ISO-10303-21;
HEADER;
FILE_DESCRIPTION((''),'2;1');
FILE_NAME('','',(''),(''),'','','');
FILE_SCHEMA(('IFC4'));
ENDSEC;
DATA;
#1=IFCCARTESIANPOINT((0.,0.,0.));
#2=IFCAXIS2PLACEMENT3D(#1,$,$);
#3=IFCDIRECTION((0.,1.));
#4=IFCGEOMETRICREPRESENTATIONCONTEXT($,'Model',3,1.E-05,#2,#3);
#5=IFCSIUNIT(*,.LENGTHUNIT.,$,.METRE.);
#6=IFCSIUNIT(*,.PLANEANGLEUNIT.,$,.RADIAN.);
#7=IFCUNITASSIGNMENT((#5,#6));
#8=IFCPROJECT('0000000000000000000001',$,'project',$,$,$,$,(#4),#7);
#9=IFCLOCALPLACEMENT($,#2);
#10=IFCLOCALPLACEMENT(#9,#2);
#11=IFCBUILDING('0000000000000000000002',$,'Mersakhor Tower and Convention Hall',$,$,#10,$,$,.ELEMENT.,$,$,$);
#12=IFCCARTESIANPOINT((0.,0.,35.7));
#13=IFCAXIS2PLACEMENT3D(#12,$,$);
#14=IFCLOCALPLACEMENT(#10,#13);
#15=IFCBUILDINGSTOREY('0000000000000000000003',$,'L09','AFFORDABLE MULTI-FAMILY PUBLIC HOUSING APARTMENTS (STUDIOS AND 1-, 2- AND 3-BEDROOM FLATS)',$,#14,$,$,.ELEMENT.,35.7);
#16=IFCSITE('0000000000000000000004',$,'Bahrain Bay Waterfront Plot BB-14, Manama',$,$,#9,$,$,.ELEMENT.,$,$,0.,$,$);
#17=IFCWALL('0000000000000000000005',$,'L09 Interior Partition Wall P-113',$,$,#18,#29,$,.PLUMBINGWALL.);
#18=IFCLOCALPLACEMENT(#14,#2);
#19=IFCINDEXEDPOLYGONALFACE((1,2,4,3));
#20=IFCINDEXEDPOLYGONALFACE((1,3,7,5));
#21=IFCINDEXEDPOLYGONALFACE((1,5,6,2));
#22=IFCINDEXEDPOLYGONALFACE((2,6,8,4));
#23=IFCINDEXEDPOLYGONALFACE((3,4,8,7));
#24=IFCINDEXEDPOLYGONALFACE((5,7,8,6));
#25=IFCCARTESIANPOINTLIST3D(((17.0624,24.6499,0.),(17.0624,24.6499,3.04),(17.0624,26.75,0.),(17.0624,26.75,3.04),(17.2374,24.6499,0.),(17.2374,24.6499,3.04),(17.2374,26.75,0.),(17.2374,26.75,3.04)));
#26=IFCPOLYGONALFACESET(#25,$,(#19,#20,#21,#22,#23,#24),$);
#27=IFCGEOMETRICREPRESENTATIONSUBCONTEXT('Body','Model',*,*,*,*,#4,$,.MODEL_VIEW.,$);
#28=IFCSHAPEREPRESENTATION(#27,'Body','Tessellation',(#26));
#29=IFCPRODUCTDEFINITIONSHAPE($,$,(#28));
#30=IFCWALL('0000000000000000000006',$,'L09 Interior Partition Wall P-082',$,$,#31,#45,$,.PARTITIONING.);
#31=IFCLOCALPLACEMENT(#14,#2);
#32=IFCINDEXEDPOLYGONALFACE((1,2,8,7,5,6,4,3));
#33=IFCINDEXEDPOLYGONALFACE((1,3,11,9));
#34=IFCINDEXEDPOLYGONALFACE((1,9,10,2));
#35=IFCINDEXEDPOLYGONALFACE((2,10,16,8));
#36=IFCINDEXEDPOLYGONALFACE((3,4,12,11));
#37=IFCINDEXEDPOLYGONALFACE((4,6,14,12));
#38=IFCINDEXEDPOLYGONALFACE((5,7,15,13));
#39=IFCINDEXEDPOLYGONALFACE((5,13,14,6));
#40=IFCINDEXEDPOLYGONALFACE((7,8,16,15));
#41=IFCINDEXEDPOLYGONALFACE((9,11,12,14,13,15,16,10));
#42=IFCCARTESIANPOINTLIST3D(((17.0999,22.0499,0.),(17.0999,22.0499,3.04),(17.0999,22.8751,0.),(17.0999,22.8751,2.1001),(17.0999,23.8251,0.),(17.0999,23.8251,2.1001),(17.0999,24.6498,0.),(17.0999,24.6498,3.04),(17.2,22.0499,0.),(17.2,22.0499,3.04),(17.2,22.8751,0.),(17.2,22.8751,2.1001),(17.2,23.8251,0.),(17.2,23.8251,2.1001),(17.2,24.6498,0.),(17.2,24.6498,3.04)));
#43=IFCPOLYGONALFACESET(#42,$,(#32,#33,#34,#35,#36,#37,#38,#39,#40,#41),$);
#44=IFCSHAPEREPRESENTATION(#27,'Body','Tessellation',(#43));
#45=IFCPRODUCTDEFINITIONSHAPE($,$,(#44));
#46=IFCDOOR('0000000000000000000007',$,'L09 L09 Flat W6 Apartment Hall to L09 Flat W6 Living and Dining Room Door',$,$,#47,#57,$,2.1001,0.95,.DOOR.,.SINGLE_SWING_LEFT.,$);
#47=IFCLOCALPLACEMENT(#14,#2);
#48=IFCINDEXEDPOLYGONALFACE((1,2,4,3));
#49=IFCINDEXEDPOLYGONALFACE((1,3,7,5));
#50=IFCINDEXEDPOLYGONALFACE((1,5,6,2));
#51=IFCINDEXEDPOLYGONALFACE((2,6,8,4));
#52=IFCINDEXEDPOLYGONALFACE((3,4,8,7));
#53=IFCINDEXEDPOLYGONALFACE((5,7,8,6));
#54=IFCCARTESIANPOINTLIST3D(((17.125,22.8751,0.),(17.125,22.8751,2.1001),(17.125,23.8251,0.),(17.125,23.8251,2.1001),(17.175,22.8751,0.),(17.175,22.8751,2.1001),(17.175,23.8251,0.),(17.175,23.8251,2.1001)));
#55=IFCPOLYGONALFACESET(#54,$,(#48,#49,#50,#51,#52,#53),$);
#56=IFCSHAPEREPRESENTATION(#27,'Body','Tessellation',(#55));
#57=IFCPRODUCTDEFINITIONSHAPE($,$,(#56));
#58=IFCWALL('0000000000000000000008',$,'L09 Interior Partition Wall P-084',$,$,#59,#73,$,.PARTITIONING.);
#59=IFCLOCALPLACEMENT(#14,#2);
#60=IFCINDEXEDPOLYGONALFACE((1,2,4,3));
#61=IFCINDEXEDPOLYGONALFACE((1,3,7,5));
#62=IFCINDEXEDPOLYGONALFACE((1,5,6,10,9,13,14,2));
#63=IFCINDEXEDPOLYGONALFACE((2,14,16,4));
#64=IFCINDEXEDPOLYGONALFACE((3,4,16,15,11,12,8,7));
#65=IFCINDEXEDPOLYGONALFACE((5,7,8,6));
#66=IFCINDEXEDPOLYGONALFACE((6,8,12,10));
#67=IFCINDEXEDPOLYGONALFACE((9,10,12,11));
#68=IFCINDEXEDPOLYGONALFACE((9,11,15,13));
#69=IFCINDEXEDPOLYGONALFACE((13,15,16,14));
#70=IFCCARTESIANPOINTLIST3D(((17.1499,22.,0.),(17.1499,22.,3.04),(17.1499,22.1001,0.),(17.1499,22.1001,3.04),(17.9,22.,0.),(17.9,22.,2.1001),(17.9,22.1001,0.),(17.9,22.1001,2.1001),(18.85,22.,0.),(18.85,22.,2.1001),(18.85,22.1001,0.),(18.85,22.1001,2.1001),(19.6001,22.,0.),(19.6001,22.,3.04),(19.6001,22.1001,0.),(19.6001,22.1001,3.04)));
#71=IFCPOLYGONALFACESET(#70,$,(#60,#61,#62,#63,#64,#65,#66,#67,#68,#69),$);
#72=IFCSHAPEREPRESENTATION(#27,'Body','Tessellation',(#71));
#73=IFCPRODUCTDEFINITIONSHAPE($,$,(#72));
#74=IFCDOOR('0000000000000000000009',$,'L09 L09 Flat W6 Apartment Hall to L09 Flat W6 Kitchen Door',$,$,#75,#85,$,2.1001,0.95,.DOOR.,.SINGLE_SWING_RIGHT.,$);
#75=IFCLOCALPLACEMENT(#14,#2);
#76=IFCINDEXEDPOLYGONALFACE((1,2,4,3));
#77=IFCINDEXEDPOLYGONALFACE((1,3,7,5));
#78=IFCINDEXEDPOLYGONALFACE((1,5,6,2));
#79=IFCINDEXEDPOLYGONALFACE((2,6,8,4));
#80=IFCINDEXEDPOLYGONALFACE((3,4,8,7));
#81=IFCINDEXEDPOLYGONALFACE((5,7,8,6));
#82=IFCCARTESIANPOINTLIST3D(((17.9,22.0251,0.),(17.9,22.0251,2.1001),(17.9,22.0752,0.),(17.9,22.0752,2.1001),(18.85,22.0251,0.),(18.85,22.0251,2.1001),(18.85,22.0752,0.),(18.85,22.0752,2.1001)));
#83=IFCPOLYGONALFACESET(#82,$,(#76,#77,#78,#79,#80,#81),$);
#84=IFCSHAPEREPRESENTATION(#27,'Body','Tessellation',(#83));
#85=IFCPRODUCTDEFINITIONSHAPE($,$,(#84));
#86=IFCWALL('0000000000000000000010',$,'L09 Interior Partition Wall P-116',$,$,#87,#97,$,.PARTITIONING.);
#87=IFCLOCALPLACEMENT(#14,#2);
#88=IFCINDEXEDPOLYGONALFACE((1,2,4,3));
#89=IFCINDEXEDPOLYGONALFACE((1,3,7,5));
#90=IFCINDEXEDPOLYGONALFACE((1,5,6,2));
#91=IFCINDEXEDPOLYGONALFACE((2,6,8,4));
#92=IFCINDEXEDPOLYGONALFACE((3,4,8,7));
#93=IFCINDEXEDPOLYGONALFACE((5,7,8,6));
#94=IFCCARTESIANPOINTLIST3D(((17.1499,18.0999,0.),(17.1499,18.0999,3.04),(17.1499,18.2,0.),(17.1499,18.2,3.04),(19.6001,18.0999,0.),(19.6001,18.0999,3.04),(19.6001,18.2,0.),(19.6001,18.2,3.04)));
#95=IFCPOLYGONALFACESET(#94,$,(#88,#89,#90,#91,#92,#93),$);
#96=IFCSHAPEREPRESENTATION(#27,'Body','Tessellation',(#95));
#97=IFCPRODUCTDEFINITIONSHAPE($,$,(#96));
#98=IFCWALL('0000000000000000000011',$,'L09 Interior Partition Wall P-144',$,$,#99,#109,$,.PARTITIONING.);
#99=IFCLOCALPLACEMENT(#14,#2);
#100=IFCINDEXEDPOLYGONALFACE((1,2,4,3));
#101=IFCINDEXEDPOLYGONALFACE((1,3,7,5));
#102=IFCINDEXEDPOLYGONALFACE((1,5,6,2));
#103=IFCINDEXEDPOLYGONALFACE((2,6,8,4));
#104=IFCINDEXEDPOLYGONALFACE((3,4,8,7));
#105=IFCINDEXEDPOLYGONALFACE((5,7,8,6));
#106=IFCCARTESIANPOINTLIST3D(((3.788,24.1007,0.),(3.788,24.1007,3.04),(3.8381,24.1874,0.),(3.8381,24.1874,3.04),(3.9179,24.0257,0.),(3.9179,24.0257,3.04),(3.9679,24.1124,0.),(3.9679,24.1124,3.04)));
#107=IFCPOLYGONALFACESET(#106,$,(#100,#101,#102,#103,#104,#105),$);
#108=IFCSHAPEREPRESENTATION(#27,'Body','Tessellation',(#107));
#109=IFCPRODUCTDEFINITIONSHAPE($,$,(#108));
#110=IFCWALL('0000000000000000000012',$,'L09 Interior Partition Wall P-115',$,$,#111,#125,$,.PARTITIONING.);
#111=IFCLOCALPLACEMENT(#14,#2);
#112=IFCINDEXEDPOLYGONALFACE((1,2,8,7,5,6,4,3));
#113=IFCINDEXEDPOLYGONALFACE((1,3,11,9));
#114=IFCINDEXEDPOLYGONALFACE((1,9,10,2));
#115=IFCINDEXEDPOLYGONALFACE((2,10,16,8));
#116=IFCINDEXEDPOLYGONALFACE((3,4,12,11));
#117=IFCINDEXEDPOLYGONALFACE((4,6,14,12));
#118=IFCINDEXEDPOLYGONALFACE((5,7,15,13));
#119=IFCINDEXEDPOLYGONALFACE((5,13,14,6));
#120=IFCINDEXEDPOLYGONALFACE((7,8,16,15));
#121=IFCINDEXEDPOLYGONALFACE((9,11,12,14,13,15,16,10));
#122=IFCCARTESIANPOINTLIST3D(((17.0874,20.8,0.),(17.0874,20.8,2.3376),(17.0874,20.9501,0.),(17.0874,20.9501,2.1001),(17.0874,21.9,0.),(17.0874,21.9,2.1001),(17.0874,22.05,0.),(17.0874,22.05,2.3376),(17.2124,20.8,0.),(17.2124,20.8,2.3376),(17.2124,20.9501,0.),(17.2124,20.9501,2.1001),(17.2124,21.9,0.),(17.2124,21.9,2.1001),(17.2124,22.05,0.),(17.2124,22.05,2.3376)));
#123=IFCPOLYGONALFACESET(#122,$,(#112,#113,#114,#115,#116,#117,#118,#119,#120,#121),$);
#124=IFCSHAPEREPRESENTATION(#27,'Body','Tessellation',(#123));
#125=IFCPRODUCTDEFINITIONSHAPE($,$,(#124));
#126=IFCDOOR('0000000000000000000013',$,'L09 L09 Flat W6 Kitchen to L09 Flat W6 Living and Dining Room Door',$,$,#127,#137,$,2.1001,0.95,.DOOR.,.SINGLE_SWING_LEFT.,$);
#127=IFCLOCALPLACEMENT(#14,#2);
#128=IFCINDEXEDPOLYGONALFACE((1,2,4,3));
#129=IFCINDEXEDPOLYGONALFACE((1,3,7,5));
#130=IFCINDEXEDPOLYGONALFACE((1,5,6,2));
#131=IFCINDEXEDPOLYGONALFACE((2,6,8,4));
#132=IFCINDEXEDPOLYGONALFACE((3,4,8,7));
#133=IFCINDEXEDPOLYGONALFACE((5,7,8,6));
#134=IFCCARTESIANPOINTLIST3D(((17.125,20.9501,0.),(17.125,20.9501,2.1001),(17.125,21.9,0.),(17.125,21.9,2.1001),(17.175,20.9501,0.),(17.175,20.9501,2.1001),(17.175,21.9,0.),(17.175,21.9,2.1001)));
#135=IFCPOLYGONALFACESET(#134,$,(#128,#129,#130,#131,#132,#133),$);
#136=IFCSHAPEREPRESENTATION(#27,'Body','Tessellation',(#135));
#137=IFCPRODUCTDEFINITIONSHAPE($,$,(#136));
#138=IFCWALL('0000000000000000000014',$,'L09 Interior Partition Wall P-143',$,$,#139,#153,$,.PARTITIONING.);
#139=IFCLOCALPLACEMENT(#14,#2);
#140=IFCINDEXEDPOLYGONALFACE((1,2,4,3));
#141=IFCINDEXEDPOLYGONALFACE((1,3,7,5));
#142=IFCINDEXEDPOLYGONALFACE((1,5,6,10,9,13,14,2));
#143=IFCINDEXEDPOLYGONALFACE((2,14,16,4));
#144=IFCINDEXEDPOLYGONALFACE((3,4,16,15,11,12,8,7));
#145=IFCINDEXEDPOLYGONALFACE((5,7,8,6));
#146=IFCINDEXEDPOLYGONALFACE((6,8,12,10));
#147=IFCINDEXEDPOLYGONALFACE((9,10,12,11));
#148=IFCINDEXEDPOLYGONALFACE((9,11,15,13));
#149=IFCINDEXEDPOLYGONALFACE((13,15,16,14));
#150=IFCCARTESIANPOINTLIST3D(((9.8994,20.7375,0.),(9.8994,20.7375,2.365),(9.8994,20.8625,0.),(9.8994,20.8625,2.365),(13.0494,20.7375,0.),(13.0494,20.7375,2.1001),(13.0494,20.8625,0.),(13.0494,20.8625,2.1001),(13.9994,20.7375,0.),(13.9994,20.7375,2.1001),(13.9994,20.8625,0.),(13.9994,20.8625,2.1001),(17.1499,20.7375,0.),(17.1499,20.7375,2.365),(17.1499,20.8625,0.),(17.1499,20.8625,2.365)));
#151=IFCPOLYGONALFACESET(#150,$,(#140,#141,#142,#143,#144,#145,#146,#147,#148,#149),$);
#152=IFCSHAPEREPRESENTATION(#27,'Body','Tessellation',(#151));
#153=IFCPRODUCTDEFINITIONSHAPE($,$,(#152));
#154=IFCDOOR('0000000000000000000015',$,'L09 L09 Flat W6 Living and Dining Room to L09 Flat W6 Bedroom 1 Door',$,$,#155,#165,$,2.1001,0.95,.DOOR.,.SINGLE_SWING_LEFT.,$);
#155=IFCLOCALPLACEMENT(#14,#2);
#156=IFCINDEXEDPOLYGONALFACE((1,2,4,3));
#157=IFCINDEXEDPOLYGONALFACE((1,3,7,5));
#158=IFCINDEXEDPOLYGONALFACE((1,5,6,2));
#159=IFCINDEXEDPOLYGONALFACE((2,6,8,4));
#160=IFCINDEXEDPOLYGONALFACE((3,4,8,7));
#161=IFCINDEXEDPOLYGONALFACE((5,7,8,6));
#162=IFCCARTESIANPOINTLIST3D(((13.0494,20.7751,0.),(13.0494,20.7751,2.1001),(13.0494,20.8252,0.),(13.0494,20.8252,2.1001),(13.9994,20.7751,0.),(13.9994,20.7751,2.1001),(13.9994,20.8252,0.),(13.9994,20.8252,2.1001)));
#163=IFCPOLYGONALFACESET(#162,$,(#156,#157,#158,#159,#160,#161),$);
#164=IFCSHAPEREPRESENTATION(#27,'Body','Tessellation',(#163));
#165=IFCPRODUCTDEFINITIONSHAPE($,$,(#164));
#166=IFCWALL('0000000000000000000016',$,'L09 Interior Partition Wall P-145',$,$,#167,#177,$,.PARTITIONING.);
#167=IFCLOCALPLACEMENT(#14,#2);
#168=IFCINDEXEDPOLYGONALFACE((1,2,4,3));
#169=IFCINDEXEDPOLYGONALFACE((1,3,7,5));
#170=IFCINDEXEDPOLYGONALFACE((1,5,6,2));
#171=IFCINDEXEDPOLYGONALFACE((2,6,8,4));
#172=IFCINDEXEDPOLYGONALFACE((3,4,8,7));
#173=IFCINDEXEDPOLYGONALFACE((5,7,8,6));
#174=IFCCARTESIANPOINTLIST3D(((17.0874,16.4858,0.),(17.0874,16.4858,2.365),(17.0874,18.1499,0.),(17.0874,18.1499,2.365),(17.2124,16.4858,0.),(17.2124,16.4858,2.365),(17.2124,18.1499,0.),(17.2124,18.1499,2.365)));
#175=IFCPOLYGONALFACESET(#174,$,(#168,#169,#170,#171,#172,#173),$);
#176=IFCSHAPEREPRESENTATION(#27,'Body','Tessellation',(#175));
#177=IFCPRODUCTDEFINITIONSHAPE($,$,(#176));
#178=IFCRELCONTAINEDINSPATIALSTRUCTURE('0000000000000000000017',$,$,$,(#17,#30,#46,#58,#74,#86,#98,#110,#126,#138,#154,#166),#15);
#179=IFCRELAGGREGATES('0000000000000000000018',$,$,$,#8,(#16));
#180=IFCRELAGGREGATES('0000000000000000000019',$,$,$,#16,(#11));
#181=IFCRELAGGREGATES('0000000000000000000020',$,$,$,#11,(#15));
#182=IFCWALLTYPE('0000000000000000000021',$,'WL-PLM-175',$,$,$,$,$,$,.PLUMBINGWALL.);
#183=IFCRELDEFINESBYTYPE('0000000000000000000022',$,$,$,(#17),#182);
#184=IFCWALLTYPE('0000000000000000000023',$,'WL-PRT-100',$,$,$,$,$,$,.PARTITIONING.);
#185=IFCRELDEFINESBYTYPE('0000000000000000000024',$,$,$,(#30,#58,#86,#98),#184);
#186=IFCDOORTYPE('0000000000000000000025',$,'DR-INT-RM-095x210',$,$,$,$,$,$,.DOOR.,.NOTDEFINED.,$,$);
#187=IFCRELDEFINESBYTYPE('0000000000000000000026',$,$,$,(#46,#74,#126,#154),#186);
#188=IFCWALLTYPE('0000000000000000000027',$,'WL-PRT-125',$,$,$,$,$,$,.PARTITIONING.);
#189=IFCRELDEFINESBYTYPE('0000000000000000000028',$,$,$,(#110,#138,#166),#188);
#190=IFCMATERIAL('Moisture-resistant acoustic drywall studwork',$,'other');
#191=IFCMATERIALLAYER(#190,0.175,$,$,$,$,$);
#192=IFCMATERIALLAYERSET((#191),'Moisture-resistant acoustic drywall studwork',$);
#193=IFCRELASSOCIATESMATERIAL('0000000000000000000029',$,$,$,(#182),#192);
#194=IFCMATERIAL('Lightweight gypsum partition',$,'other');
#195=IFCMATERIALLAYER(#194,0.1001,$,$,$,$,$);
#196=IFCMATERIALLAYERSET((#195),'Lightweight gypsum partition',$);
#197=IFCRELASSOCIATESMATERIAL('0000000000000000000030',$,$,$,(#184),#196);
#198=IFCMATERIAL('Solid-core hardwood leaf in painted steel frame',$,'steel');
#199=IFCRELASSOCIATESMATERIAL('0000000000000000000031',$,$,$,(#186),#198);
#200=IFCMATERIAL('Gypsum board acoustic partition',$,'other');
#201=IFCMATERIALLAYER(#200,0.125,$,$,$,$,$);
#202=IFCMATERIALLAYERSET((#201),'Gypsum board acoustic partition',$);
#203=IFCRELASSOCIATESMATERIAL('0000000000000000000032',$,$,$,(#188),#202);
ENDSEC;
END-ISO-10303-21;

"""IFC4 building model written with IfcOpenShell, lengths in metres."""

from ifc_helpers import new_model, si_unit, direction, frame, frame_2d, origin, place, context, subcontext, project, spatial, rectangle, extrude, material, layer, layer_set, type_object, element, fill, save


model = new_model("IFC4")

# Units and contexts
model_context = context("Model", 3, precision=1e-05, world=origin(), true_north=direction((0.0, 1.0)))
body_context = subcontext(model_context, "Body", "Model", "MODEL_VIEW")
ifc_project = project(units=[si_unit("LENGTHUNIT", "METRE"), si_unit("PLANEANGLEUNIT", "RADIAN")], contexts=[model_context])

# Site, building, storey
site_placement = place(None, origin())
site = spatial("IfcSite", under=ifc_project, at=site_placement, Name="Bahrain Bay Waterfront Plot BB-14, Manama", CompositionType="ELEMENT", RefElevation=0.0)
building_placement = place(site_placement, origin())
building = spatial("IfcBuilding", under=site, at=building_placement, Name="Mersakhor Tower and Convention Hall", CompositionType="ELEMENT")
storey_placement = place(building_placement, frame((0.0, 0.0, 35.7)))
storey = spatial("IfcBuildingStorey", under=building, at=storey_placement, Name="L09", Description="AFFORDABLE MULTI-FAMILY PUBLIC HOUSING APARTMENTS (STUDIOS AND 1-, 2- AND 3-BEDROOM FLATS)", CompositionType="ELEMENT", Elevation=35.7)

# Shared definitions
ifc_material_1 = material(Name="Moisture-resistant acoustic drywall studwork", Category="other")
ifc_layer_1 = layer(ifc_material_1, 0.175)
ifc_layer_set_1 = layer_set([ifc_layer_1], Name="Moisture-resistant acoustic drywall studwork")
wall_type_1 = type_object("IfcWallType", Name="WL-PLM-175", PredefinedType="PLUMBINGWALL", material=ifc_layer_set_1)

# Wall
wall_1_placement = place(storey_placement, frame((17.1499, 24.6499, 0.0), z_axis=(0.0, 0.0, 1.0), x_axis=(0.0, 1.0, 0.0)))
element("IfcWall", 1, at=wall_1_placement, inside=storey, type_object=wall_type_1, Name="L09 Interior Partition Wall P-113", PredefinedType="PLUMBINGWALL", context=body_context, shape_type="SweptSolid", body=[
    extrude(rectangle(XDim=2.1001, YDim=0.175, at=frame_2d((1.05, 0.0))), origin(), (0.0, 0.0, 1.0), 3.04),
])

# Walls, openings, doors
ifc_material_2 = material(Name="Lightweight gypsum partition", Category="other")
ifc_layer_2 = layer(ifc_material_2, 0.1001)
ifc_layer_set_2 = layer_set([ifc_layer_2], Name="Lightweight gypsum partition")
wall_type_2 = type_object("IfcWallType", Name="WL-PRT-100", PredefinedType="PARTITIONING", material=ifc_layer_set_2)
wall_2_placement = place(storey_placement, frame((17.1499, 22.05, 0.0), z_axis=(0.0, 0.0, 1.0), x_axis=(0.0, 1.0, 0.0)))
wall_2 = element("IfcWall", 2, at=wall_2_placement, inside=storey, type_object=wall_type_2, Name="L09 Interior Partition Wall P-082", PredefinedType="PARTITIONING", context=body_context, shape_type="SweptSolid", body=[
    extrude(rectangle(XDim=2.5999, YDim=0.1001, at=frame_2d((1.2998, 0.0))), origin(), (0.0, 0.0, 1.0), 3.04),
])
opening_1_placement = place(wall_2_placement, frame((0.825, 0.0, 0.0)))
opening_1 = element("IfcOpeningElement", 3, at=opening_1_placement, cuts=wall_2, PredefinedType="OPENING", context=body_context, shape_type="SweptSolid", body=[
    extrude(rectangle(XDim=0.95, YDim=2.1001, at=frame_2d((0.4751, 1.05))), frame((0.0, 0.0601, 0.0), z_axis=(0.0, -1.0, 0.0), x_axis=(1.0, 0.0, 0.0)), (0.0, 0.0, 1.0), 0.1201),
])
ifc_material_3 = material(Name="Solid-core hardwood leaf in painted steel frame", Category="steel")
door_type_1 = type_object("IfcDoorType", Name="DR-INT-RM-095x210", OperationType="NOTDEFINED", PredefinedType="DOOR", material=ifc_material_3)
door_1_placement = place(opening_1_placement, origin())
door_1 = element("IfcDoor", 4, at=door_1_placement, inside=storey, type_object=door_type_1, Name="L09 L09 Flat W6 Apartment Hall to L09 Flat W6 Living and Dining Room Door", OperationType="SINGLE_SWING_LEFT", OverallHeight=2.1001, OverallWidth=0.95, PredefinedType="DOOR", context=body_context, shape_type="SweptSolid", body=[
    extrude(rectangle(XDim=0.95, YDim=2.1001, at=frame_2d((0.4751, 1.05))), frame((0.0, 0.0249, 0.0), z_axis=(0.0, -1.0, 0.0), x_axis=(1.0, 0.0, 0.0)), (0.0, 0.0, 1.0), 0.05),
])
fill(opening_1, door_1)
wall_3_placement = place(storey_placement, frame((19.6001, 22.05, 0.0), z_axis=(0.0, 0.0, 1.0), x_axis=(-1.0, 0.0, 0.0)))
wall_3 = element("IfcWall", 5, at=wall_3_placement, inside=storey, type_object=wall_type_2, Name="L09 Interior Partition Wall P-084", PredefinedType="PARTITIONING", context=body_context, shape_type="SweptSolid", body=[
    extrude(rectangle(XDim=2.4502, YDim=0.1001, at=frame_2d((1.2251, 0.0))), origin(), (0.0, 0.0, 1.0), 3.04),
])
opening_2_placement = place(wall_3_placement, frame((0.75, 0.0, 0.0)))
opening_2 = element("IfcOpeningElement", 6, at=opening_2_placement, cuts=wall_3, PredefinedType="OPENING", context=body_context, shape_type="SweptSolid", body=[
    extrude(rectangle(XDim=0.95, YDim=2.1001, at=frame_2d((0.4751, 1.05))), frame((0.0, 0.0601, 0.0), z_axis=(0.0, -1.0, 0.0), x_axis=(1.0, 0.0, 0.0)), (0.0, 0.0, 1.0), 0.1201),
])
door_2_placement = place(opening_2_placement, origin())
door_2 = element("IfcDoor", 7, at=door_2_placement, inside=storey, type_object=door_type_1, Name="L09 L09 Flat W6 Apartment Hall to L09 Flat W6 Kitchen Door", OperationType="SINGLE_SWING_RIGHT", OverallHeight=2.1001, OverallWidth=0.95, PredefinedType="DOOR", context=body_context, shape_type="SweptSolid", body=[
    extrude(rectangle(XDim=0.95, YDim=2.1001, at=frame_2d((0.4751, 1.05))), frame((0.0, 0.0249, 0.0), z_axis=(0.0, -1.0, 0.0), x_axis=(1.0, 0.0, 0.0)), (0.0, 0.0, 1.0), 0.05),
])
fill(opening_2, door_2)

# Walls
wall_4_placement = place(storey_placement, frame((19.6001, 18.1499, 0.0), z_axis=(0.0, 0.0, 1.0), x_axis=(-1.0, 0.0, 0.0)))
element("IfcWall", 8, at=wall_4_placement, inside=storey, type_object=wall_type_2, Name="L09 Interior Partition Wall P-116", PredefinedType="PARTITIONING", context=body_context, shape_type="SweptSolid", body=[
    extrude(rectangle(XDim=2.4502, YDim=0.1001, at=frame_2d((1.2251, 0.0))), origin(), (0.0, 0.0, 1.0), 3.04),
])
wall_5_placement = place(storey_placement, frame((3.9429, 24.0691, 0.0), z_axis=(0.0, 0.0, 1.0), x_axis=(-0.866131, 0.499816, 0.0)))
element("IfcWall", 9, at=wall_5_placement, inside=storey, type_object=wall_type_2, Name="L09 Interior Partition Wall P-144", PredefinedType="PARTITIONING", context=body_context, shape_type="SweptSolid", body=[
    extrude(rectangle(XDim=0.1499, YDim=0.1001, at=frame_2d((0.075, 0.0))), origin(), (0.0, 0.0, 1.0), 3.04),
])

# Walls, openings, doors
ifc_material_4 = material(Name="Gypsum board acoustic partition", Category="other")
ifc_layer_3 = layer(ifc_material_4, 0.125)
ifc_layer_set_3 = layer_set([ifc_layer_3], Name="Gypsum board acoustic partition")
wall_type_3 = type_object("IfcWallType", Name="WL-PRT-125", PredefinedType="PARTITIONING", material=ifc_layer_set_3)
wall_6_placement = place(storey_placement, frame((17.1499, 20.8, 0.0), z_axis=(0.0, 0.0, 1.0), x_axis=(0.0, 1.0, 0.0)))
wall_6 = element("IfcWall", 10, at=wall_6_placement, inside=storey, type_object=wall_type_3, Name="L09 Interior Partition Wall P-115", PredefinedType="PARTITIONING", context=body_context, shape_type="SweptSolid", body=[
    extrude(rectangle(XDim=1.25, YDim=0.125, at=frame_2d((0.625, 0.0))), origin(), (0.0, 0.0, 1.0), 2.3376),
])
opening_3_placement = place(wall_6_placement, frame((0.1499, 0.0, 0.0)))
opening_3 = element("IfcOpeningElement", 11, at=opening_3_placement, cuts=wall_6, PredefinedType="OPENING", context=body_context, shape_type="SweptSolid", body=[
    extrude(rectangle(XDim=0.95, YDim=2.1001, at=frame_2d((0.4751, 1.05))), frame((0.0, 0.0725, 0.0), z_axis=(0.0, -1.0, 0.0), x_axis=(1.0, 0.0, 0.0)), (0.0, 0.0, 1.0), 0.145),
])
door_3_placement = place(opening_3_placement, origin())
door_3 = element("IfcDoor", 12, at=door_3_placement, inside=storey, type_object=door_type_1, Name="L09 L09 Flat W6 Kitchen to L09 Flat W6 Living and Dining Room Door", OperationType="SINGLE_SWING_LEFT", OverallHeight=2.1001, OverallWidth=0.95, PredefinedType="DOOR", context=body_context, shape_type="SweptSolid", body=[
    extrude(rectangle(XDim=0.95, YDim=2.1001, at=frame_2d((0.4751, 1.05))), frame((0.0, 0.0249, 0.0), z_axis=(0.0, -1.0, 0.0), x_axis=(1.0, 0.0, 0.0)), (0.0, 0.0, 1.0), 0.05),
])
fill(opening_3, door_3)
wall_7_placement = place(storey_placement, frame((17.1499, 20.8, 0.0), z_axis=(0.0, 0.0, 1.0), x_axis=(-1.0, 0.0, 0.0)))
wall_7 = element("IfcWall", 13, at=wall_7_placement, inside=storey, type_object=wall_type_3, Name="L09 Interior Partition Wall P-143", PredefinedType="PARTITIONING", context=body_context, shape_type="SweptSolid", body=[
    extrude(rectangle(XDim=7.2505, YDim=0.125, at=frame_2d((3.6252, 0.0))), origin(), (0.0, 0.0, 1.0), 2.365),
])
opening_4_placement = place(wall_7_placement, frame((3.1504, 0.0, 0.0)))
opening_4 = element("IfcOpeningElement", 14, at=opening_4_placement, cuts=wall_7, PredefinedType="OPENING", context=body_context, shape_type="SweptSolid", body=[
    extrude(rectangle(XDim=0.95, YDim=2.1001, at=frame_2d((0.4751, 1.05))), frame((0.0, 0.0725, 0.0), z_axis=(0.0, -1.0, 0.0), x_axis=(1.0, 0.0, 0.0)), (0.0, 0.0, 1.0), 0.145),
])
door_4_placement = place(opening_4_placement, origin())
door_4 = element("IfcDoor", 15, at=door_4_placement, inside=storey, type_object=door_type_1, Name="L09 L09 Flat W6 Living and Dining Room to L09 Flat W6 Bedroom 1 Door", OperationType="SINGLE_SWING_LEFT", OverallHeight=2.1001, OverallWidth=0.95, PredefinedType="DOOR", context=body_context, shape_type="SweptSolid", body=[
    extrude(rectangle(XDim=0.95, YDim=2.1001, at=frame_2d((0.4751, 1.05))), frame((0.0, 0.0249, 0.0), z_axis=(0.0, -1.0, 0.0), x_axis=(1.0, 0.0, 0.0)), (0.0, 0.0, 1.0), 0.05),
])
fill(opening_4, door_4)

# Wall
wall_8_placement = place(storey_placement, frame((17.1499, 18.1499, 0.0), z_axis=(0.0, 0.0, 1.0), x_axis=(0.0, -1.0, 0.0)))
element("IfcWall", 16, at=wall_8_placement, inside=storey, type_object=wall_type_3, Name="L09 Interior Partition Wall P-145", PredefinedType="PARTITIONING", context=body_context, shape_type="SweptSolid", body=[
    extrude(rectangle(XDim=1.6641, YDim=0.125, at=frame_2d((0.832, 0.0))), origin(), (0.0, 0.0, 1.0), 2.365),
])

save(model, "model.ifc")
